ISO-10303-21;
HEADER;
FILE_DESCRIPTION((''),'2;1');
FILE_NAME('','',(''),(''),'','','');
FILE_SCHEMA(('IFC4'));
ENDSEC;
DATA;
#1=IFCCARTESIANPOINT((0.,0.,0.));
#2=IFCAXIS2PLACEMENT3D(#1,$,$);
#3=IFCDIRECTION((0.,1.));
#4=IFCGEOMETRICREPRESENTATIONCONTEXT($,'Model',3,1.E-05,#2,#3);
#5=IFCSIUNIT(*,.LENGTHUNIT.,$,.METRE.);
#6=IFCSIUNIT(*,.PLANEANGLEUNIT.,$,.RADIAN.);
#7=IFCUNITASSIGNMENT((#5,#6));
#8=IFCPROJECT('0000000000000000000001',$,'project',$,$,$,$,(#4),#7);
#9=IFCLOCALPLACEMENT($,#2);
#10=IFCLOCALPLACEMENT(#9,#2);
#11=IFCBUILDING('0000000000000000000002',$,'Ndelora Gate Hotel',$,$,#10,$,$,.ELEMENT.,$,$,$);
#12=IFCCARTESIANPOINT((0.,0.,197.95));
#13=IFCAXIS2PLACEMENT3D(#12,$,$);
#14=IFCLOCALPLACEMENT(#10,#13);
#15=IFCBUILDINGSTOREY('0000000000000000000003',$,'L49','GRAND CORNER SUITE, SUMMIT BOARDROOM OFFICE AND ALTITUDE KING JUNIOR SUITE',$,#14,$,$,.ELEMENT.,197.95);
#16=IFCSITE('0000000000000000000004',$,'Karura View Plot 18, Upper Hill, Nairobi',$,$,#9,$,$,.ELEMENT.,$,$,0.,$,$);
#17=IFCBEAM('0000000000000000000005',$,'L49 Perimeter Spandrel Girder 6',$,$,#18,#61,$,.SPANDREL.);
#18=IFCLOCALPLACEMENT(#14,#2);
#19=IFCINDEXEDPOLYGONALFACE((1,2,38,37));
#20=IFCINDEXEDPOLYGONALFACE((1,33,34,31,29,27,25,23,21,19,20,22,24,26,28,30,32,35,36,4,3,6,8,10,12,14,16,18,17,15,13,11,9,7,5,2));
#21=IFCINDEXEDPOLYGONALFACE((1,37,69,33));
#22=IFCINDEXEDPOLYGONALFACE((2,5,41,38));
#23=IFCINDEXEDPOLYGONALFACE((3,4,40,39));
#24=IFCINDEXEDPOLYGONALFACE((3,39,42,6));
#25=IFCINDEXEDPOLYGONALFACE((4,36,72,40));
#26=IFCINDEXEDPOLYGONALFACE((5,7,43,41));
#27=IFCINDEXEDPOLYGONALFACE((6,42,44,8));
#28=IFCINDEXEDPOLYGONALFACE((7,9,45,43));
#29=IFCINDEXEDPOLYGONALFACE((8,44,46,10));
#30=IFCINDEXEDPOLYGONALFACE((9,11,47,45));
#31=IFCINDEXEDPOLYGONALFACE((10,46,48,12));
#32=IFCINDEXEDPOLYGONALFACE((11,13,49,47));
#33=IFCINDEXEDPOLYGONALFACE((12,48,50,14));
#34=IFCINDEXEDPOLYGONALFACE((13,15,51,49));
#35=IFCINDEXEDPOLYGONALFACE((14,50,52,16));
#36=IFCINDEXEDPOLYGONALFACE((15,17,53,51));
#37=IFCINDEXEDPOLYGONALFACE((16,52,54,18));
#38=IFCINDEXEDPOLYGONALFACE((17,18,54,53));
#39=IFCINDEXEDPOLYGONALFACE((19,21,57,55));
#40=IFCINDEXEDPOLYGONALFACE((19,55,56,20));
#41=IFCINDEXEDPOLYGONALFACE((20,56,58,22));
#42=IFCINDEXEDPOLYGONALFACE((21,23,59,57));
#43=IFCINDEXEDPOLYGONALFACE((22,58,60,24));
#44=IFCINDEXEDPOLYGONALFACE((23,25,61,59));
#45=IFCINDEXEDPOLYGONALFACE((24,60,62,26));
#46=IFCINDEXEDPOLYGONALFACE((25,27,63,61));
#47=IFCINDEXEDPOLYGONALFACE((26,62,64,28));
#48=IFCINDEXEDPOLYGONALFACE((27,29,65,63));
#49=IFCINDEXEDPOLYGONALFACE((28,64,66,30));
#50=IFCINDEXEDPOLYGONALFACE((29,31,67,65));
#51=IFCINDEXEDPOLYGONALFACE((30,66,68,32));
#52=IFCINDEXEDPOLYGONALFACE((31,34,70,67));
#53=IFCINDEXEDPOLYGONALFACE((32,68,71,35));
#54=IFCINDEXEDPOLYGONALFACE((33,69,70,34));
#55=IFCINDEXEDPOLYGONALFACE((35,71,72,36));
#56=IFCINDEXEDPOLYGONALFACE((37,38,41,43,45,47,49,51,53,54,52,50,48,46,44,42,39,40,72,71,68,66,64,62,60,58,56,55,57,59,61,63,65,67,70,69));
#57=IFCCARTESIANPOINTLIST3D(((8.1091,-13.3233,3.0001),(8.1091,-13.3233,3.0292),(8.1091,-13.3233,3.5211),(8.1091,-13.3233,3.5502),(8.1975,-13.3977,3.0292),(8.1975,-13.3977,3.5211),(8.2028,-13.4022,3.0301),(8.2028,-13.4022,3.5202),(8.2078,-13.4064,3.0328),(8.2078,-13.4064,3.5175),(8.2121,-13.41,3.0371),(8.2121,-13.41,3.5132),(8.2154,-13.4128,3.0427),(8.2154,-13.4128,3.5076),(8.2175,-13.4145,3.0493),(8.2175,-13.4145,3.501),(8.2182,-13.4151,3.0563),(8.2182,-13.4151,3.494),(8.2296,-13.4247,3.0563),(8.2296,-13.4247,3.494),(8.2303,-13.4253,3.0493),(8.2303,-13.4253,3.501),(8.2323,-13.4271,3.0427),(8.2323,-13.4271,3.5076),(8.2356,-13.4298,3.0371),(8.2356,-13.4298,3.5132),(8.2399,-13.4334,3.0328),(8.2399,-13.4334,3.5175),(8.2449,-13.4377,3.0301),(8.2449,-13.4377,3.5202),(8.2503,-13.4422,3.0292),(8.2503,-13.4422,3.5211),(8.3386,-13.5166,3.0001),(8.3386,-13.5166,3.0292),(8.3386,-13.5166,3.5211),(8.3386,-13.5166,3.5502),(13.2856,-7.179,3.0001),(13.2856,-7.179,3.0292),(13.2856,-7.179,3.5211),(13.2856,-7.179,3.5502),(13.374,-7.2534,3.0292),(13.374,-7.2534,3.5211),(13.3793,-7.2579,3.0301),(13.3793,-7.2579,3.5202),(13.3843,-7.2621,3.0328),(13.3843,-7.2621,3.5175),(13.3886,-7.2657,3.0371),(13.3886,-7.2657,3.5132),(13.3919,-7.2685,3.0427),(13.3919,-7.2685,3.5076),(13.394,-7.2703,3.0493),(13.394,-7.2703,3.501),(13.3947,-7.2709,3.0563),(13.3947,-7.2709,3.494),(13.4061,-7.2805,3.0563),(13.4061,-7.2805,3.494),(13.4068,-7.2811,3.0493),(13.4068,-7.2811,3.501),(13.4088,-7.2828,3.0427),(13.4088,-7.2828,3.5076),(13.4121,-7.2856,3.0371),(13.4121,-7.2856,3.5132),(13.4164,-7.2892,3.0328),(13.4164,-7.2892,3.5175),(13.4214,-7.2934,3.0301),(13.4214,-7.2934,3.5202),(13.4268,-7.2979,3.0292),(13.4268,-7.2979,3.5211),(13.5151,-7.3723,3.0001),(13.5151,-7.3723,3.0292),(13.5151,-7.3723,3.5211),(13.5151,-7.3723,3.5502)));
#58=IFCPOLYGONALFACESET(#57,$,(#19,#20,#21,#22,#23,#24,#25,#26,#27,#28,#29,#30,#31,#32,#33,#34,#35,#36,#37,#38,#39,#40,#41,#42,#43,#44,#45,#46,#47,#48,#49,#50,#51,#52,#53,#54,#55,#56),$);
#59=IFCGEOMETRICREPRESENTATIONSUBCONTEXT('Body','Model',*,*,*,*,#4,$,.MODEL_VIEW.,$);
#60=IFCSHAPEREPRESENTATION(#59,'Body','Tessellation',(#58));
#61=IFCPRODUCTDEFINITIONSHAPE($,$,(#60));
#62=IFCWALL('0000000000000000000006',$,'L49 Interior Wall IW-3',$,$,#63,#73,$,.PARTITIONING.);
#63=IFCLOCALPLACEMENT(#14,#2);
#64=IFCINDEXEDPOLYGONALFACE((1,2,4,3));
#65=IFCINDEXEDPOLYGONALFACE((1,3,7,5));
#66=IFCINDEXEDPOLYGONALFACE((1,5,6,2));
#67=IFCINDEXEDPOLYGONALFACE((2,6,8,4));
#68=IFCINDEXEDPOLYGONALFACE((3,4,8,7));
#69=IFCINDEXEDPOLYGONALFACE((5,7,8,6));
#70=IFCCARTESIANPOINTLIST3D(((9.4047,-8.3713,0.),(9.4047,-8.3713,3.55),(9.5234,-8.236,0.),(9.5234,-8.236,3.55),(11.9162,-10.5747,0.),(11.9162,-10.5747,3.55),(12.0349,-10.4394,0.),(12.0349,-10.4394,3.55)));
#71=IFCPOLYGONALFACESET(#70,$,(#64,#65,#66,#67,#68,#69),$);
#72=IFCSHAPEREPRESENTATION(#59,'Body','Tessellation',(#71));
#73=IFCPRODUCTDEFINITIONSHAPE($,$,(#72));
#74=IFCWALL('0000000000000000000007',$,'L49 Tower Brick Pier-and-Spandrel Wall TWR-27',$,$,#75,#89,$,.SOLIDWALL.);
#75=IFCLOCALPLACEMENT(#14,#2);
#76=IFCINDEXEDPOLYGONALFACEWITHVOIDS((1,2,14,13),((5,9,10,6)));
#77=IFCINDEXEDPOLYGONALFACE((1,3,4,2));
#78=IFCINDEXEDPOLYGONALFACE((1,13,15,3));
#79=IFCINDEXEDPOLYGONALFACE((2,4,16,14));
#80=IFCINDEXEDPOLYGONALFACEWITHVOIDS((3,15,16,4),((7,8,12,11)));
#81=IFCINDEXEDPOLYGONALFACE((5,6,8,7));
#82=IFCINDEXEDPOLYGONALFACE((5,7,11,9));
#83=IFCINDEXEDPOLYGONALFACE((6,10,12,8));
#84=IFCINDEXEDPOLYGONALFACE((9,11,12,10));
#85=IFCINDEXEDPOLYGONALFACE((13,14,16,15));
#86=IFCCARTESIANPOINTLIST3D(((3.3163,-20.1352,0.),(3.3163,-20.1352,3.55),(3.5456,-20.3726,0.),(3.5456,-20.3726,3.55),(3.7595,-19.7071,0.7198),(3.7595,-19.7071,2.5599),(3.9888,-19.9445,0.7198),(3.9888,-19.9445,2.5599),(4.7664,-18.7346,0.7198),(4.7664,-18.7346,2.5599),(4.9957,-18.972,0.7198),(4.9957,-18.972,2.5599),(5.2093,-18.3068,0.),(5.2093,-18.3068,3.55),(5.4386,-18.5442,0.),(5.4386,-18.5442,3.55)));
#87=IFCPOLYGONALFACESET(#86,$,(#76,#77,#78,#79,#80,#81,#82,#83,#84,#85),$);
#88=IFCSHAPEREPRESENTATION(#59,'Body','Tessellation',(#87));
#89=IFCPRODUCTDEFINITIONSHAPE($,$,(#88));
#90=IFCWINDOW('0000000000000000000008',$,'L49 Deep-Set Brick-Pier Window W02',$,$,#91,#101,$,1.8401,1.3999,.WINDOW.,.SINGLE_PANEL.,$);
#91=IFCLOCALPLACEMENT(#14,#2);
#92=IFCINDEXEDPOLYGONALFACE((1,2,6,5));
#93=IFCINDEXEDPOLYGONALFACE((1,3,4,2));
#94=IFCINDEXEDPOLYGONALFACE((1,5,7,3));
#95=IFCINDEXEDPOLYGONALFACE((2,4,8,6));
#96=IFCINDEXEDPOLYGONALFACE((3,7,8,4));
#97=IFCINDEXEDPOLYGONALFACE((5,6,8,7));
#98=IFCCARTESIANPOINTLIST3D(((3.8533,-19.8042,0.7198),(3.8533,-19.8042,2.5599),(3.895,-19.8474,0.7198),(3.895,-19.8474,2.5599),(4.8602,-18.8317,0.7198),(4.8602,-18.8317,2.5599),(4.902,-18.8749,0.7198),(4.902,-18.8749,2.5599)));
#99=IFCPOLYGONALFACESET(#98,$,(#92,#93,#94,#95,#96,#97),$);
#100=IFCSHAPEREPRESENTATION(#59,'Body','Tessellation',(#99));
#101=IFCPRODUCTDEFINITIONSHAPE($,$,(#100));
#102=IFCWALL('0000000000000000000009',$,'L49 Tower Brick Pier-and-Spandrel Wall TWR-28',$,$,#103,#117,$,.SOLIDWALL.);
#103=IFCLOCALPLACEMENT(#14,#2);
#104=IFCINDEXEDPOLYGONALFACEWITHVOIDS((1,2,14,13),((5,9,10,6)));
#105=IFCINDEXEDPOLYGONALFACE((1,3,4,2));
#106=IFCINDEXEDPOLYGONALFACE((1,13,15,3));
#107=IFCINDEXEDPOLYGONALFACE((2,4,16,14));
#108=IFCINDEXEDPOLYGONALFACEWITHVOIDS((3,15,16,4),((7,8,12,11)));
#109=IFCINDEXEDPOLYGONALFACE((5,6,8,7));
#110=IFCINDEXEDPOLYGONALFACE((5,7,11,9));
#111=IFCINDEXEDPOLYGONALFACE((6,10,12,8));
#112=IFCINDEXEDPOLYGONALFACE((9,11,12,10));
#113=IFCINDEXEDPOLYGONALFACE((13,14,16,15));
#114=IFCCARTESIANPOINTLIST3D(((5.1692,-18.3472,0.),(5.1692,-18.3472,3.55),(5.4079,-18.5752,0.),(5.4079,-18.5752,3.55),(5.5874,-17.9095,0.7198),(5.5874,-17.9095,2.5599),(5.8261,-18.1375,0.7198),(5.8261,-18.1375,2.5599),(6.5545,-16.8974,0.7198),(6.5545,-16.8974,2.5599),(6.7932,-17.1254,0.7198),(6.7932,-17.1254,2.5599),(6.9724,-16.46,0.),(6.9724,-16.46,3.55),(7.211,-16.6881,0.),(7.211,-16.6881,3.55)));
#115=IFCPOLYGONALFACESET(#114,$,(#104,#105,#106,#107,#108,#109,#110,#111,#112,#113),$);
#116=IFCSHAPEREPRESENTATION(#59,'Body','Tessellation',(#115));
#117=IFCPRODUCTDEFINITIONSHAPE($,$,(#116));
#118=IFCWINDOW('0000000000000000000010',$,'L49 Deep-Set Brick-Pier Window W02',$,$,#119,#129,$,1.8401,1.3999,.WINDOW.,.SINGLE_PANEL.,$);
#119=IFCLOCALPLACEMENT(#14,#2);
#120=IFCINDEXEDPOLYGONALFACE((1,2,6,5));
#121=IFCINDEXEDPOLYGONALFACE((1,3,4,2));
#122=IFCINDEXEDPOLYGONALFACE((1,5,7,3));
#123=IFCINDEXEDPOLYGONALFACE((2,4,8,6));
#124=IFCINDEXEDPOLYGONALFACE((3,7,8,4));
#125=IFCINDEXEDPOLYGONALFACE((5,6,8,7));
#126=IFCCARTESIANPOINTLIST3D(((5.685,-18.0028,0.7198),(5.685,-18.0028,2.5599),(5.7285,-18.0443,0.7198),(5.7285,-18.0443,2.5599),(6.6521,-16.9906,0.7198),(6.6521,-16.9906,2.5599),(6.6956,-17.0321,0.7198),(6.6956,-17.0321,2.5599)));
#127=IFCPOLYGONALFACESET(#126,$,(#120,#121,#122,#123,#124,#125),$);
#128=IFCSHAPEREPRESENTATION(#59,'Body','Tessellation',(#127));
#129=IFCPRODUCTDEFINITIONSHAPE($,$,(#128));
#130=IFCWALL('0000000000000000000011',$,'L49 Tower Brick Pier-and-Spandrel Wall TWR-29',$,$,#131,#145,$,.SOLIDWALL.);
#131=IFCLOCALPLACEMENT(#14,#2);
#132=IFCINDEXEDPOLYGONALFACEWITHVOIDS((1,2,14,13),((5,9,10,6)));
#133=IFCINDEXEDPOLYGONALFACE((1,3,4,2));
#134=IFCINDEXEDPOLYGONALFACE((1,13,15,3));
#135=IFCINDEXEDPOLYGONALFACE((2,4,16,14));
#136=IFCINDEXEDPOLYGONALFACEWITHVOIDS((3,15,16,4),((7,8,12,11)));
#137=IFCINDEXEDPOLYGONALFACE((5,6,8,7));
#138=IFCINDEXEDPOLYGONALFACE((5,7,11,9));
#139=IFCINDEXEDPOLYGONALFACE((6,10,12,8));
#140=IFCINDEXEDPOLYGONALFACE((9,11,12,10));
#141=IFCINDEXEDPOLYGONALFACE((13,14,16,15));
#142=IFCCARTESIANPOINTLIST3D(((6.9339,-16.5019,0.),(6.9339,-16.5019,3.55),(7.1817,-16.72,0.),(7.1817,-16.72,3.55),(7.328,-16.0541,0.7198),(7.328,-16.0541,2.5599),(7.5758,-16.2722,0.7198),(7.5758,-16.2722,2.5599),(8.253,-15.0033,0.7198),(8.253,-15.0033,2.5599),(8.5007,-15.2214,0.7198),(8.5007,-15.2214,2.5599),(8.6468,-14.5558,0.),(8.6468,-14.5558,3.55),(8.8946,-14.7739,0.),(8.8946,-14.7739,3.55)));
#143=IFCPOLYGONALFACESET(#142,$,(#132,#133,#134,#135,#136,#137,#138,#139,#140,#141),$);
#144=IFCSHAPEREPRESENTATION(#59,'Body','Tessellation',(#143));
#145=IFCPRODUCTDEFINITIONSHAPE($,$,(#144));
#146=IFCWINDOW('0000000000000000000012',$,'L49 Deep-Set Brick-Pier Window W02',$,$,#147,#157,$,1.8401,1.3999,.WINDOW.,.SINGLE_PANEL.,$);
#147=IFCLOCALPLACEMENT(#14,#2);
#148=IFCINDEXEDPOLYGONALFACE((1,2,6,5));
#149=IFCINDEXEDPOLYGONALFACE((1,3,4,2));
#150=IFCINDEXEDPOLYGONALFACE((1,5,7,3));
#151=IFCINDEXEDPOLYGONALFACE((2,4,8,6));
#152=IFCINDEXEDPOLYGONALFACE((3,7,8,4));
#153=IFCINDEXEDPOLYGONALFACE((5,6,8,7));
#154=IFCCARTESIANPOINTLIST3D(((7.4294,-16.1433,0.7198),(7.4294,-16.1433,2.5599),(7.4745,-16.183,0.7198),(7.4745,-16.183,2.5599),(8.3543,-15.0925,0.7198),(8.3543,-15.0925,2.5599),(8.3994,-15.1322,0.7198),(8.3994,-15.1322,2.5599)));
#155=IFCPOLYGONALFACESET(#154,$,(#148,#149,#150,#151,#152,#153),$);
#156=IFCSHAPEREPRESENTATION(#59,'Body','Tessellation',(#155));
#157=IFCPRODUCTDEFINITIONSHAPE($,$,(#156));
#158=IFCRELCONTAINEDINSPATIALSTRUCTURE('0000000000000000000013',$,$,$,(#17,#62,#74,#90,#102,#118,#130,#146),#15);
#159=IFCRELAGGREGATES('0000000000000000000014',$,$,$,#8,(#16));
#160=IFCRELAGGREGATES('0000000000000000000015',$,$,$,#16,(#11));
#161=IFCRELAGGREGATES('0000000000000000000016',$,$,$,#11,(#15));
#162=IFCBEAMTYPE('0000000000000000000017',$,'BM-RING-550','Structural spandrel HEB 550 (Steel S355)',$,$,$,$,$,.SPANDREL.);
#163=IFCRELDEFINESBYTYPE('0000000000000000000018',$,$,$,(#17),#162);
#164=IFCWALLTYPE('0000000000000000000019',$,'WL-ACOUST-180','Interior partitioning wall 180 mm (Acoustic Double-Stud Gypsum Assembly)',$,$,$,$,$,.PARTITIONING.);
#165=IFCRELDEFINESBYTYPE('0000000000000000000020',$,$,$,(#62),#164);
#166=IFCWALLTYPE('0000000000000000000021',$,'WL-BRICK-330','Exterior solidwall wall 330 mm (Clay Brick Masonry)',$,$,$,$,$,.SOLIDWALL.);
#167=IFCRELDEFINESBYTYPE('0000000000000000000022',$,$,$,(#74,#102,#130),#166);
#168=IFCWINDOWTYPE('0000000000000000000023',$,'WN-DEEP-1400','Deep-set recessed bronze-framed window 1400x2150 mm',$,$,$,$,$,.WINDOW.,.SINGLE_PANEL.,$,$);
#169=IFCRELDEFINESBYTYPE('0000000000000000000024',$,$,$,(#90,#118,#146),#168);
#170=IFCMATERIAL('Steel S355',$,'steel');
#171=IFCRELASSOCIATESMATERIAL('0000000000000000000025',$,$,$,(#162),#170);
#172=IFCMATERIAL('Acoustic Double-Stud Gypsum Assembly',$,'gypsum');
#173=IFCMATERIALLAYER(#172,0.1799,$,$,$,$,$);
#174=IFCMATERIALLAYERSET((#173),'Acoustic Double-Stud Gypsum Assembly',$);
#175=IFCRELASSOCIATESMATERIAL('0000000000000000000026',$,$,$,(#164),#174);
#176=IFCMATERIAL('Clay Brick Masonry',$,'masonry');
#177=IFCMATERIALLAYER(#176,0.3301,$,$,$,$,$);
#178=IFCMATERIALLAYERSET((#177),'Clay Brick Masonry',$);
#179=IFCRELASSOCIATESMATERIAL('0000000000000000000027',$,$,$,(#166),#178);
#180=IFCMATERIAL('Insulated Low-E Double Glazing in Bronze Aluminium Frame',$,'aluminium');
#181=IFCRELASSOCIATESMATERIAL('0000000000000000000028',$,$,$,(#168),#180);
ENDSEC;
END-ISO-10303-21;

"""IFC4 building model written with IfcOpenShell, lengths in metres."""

from ifc_helpers import new_model, si_unit, direction, frame, frame_2d, origin, origin_2d, place, context, subcontext, project, spatial, rectangle, i_section, extrude, material, layer, layer_set, material_profile, profile_set, type_object, element, fill, save


model = new_model("IFC4")

# Units and contexts
model_context = context("Model", 3, precision=1e-05, world=origin(), true_north=direction((0.0, 1.0)))
body_context = subcontext(model_context, "Body", "Model", "MODEL_VIEW")
ifc_project = project(units=[si_unit("LENGTHUNIT", "METRE"), si_unit("PLANEANGLEUNIT", "RADIAN")], contexts=[model_context])

# Site, building, storey
site_placement = place(None, origin())
site = spatial("IfcSite", under=ifc_project, at=site_placement, Name="Karura View Plot 18, Upper Hill, Nairobi", CompositionType="ELEMENT", RefElevation=0.0)
building_placement = place(site_placement, origin())
building = spatial("IfcBuilding", under=site, at=building_placement, Name="Ndelora Gate Hotel", CompositionType="ELEMENT")
storey_placement = place(building_placement, frame((0.0, 0.0, 197.95)))
storey = spatial("IfcBuildingStorey", under=building, at=storey_placement, Name="L49", Description="GRAND CORNER SUITE, SUMMIT BOARDROOM OFFICE AND ALTITUDE KING JUNIOR SUITE", CompositionType="ELEMENT", Elevation=197.95)

# Beam
ifc_material_1 = material(Name="Steel S355", Category="steel")
ifc_material_profile_1 = material_profile(ifc_material_1, i_section(OverallWidth=0.3, OverallDepth=0.55, WebThickness=0.0149, FlangeThickness=0.0291, FilletRadius=0.0271, at=origin_2d()), Name="HEB 550")
ifc_profile_set_1 = profile_set([ifc_material_profile_1], Name="Steel S355")
beam_type_1 = type_object("IfcBeamType", Name="BM-RING-550", Description="Structural spandrel HEB 550 (Steel S355)", PredefinedType="SPANDREL", material=ifc_profile_set_1)
beam_1_placement = place(storey_placement, frame((8.2239, -13.4199, 3.2751), z_axis=(0.644309, 0.764765, 0.0), x_axis=(-0.764765, 0.644309, 0.0)))
element("IfcBeam", 1, at=beam_1_placement, inside=storey, type_object=beam_type_1, Name="L49 Perimeter Spandrel Girder 6", PredefinedType="SPANDREL", context=body_context, shape_type="SweptSolid", body=[
    extrude(i_section(OverallWidth=0.3, OverallDepth=0.55, WebThickness=0.0149, FlangeThickness=0.0291, FilletRadius=0.0271, at=origin_2d()), origin(), (0.0, 0.0, 1.0), 8.0342),
])

# Wall
ifc_material_2 = material(Name="Acoustic Double-Stud Gypsum Assembly", Category="gypsum")
ifc_layer_1 = layer(ifc_material_2, 0.1799)
ifc_layer_set_1 = layer_set([ifc_layer_1], Name="Acoustic Double-Stud Gypsum Assembly")
wall_type_1 = type_object("IfcWallType", Name="WL-ACOUST-180", Description="Interior partitioning wall 180 mm (Acoustic Double-Stud Gypsum Assembly)", PredefinedType="PARTITIONING", material=ifc_layer_set_1)
wall_1_placement = place(storey_placement, frame((9.4641, -8.3037, 0.0), z_axis=(0.0, 0.0, 1.0), x_axis=(0.751711, -0.659492, 0.0)))
element("IfcWall", 2, at=wall_1_placement, inside=storey, type_object=wall_type_1, Name="L49 Interior Wall IW-3", PredefinedType="PARTITIONING", context=body_context, shape_type="SweptSolid", body=[
    extrude(rectangle(XDim=3.3411, YDim=0.1799, at=frame_2d((1.6704, 0.0))), origin(), (0.0, 0.0, 1.0), 3.55),
])

# Walls, openings, windows
ifc_material_3 = material(Name="Clay Brick Masonry", Category="masonry")
ifc_layer_2 = layer(ifc_material_3, 0.3301)
ifc_layer_set_2 = layer_set([ifc_layer_2], Name="Clay Brick Masonry")
wall_type_2 = type_object("IfcWallType", Name="WL-BRICK-330", Description="Exterior solidwall wall 330 mm (Clay Brick Masonry)", PredefinedType="SOLIDWALL", material=ifc_layer_set_2)
wall_2_placement = place(storey_placement, frame((5.324, -18.4255, 0.0), z_axis=(0.0, 0.0, 1.0), x_axis=(-0.719291, -0.694709, 0.0)))
wall_2 = element("IfcWall", 3, at=wall_2_placement, inside=storey, type_object=wall_type_2, Name="L49 Tower Brick Pier-and-Spandrel Wall TWR-27", PredefinedType="SOLIDWALL", context=body_context, shape_type="SweptSolid", body=[
    extrude(rectangle(XDim=2.6318, YDim=0.3301, at=frame_2d((1.3159, 0.0))), origin(), (0.0, 0.0, 1.0), 3.55),
])
opening_1_placement = place(wall_2_placement, frame((0.6157, 0.0, 0.72)))
opening_1 = element("IfcOpeningElement", 4, at=opening_1_placement, cuts=wall_2, PredefinedType="OPENING", context=body_context, shape_type="SweptSolid", body=[
    extrude(rectangle(XDim=1.3999, YDim=1.8401, at=frame_2d((0.7, 0.9199))), frame((0.0, 0.175, 0.0), z_axis=(0.0, -1.0, 0.0), x_axis=(1.0, 0.0, 0.0)), (0.0, 0.0, 1.0), 0.3501),
])
ifc_material_4 = material(Name="Insulated Low-E Double Glazing in Bronze Aluminium Frame", Category="aluminium")
window_type = type_object("IfcWindowType", Name="WN-DEEP-1400", Description="Deep-set recessed bronze-framed window 1400x2150 mm", PartitioningType="SINGLE_PANEL", PredefinedType="WINDOW", material=ifc_material_4)
window_1_placement = place(opening_1_placement, origin())
window_1 = element("IfcWindow", 5, at=window_1_placement, inside=storey, type_object=window_type, Name="L49 Deep-Set Brick-Pier Window W02", OverallHeight=1.8401, OverallWidth=1.3999, PartitioningType="SINGLE_PANEL", PredefinedType="WINDOW", context=body_context, shape_type="SweptSolid", body=[
    extrude(rectangle(XDim=1.3999, YDim=1.8401, at=frame_2d((0.7, 0.9199))), frame((0.0, 0.03, 0.0), z_axis=(0.0, -1.0, 0.0), x_axis=(1.0, 0.0, 0.0)), (0.0, 0.0, 1.0), 0.0601),
])
fill(opening_1, window_1)
wall_3_placement = place(storey_placement, frame((7.0918, -16.574, 0.0), z_axis=(0.0, 0.0, 1.0), x_axis=(-0.690836, -0.723011, 0.0)))
wall_3 = element("IfcWall", 6, at=wall_3_placement, inside=storey, type_object=wall_type_2, Name="L49 Tower Brick Pier-and-Spandrel Wall TWR-28", PredefinedType="SOLIDWALL", context=body_context, shape_type="SweptSolid", body=[
    extrude(rectangle(XDim=2.6101, YDim=0.3301, at=frame_2d((1.3052, 0.0))), origin(), (0.0, 0.0, 1.0), 3.55),
])
opening_2_placement = place(wall_3_placement, frame((0.605, 0.0, 0.72)))
opening_2 = element("IfcOpeningElement", 7, at=opening_2_placement, cuts=wall_3, PredefinedType="OPENING", context=body_context, shape_type="SweptSolid", body=[
    extrude(rectangle(XDim=1.3999, YDim=1.8401, at=frame_2d((0.7, 0.9199))), frame((0.0, 0.175, 0.0), z_axis=(0.0, -1.0, 0.0), x_axis=(1.0, 0.0, 0.0)), (0.0, 0.0, 1.0), 0.3501),
])
window_2_placement = place(opening_2_placement, origin())
window_2 = element("IfcWindow", 8, at=window_2_placement, inside=storey, type_object=window_type, Name="L49 Deep-Set Brick-Pier Window W02", OverallHeight=1.8401, OverallWidth=1.3999, PartitioningType="SINGLE_PANEL", PredefinedType="WINDOW", context=body_context, shape_type="SweptSolid", body=[
    extrude(rectangle(XDim=1.3999, YDim=1.8401, at=frame_2d((0.7, 0.9199))), frame((0.0, 0.03, 0.0), z_axis=(0.0, -1.0, 0.0), x_axis=(1.0, 0.0, 0.0)), (0.0, 0.0, 1.0), 0.0601),
])
fill(opening_2, window_2)
wall_4_placement = place(storey_placement, frame((8.7708, -14.6648, 0.0), z_axis=(0.0, 0.0, 1.0), x_axis=(-0.660709, -0.750643, 0.0)))
wall_4 = element("IfcWall", 9, at=wall_4_placement, inside=storey, type_object=wall_type_2, Name="L49 Tower Brick Pier-and-Spandrel Wall TWR-29", PredefinedType="SOLIDWALL", context=body_context, shape_type="SweptSolid", body=[
    extrude(rectangle(XDim=2.5925, YDim=0.3301, at=frame_2d((1.2964, 0.0))), origin(), (0.0, 0.0, 1.0), 3.55),
])
opening_3_placement = place(wall_4_placement, frame((0.5962, 0.0, 0.72)))
opening_3 = element("IfcOpeningElement", 10, at=opening_3_placement, cuts=wall_4, PredefinedType="OPENING", context=body_context, shape_type="SweptSolid", body=[
    extrude(rectangle(XDim=1.3999, YDim=1.8401, at=frame_2d((0.7, 0.9199))), frame((0.0, 0.175, 0.0), z_axis=(0.0, -1.0, 0.0), x_axis=(1.0, 0.0, 0.0)), (0.0, 0.0, 1.0), 0.3501),
])
window_3_placement = place(opening_3_placement, origin())
window_3 = element("IfcWindow", 11, at=window_3_placement, inside=storey, type_object=window_type, Name="L49 Deep-Set Brick-Pier Window W02", OverallHeight=1.8401, OverallWidth=1.3999, PartitioningType="SINGLE_PANEL", PredefinedType="WINDOW", context=body_context, shape_type="SweptSolid", body=[
    extrude(rectangle(XDim=1.3999, YDim=1.8401, at=frame_2d((0.7, 0.9199))), frame((0.0, 0.03, 0.0), z_axis=(0.0, -1.0, 0.0), x_axis=(1.0, 0.0, 0.0)), (0.0, 0.0, 1.0), 0.0601),
])
fill(opening_3, window_3)

save(model, "model.ifc")
